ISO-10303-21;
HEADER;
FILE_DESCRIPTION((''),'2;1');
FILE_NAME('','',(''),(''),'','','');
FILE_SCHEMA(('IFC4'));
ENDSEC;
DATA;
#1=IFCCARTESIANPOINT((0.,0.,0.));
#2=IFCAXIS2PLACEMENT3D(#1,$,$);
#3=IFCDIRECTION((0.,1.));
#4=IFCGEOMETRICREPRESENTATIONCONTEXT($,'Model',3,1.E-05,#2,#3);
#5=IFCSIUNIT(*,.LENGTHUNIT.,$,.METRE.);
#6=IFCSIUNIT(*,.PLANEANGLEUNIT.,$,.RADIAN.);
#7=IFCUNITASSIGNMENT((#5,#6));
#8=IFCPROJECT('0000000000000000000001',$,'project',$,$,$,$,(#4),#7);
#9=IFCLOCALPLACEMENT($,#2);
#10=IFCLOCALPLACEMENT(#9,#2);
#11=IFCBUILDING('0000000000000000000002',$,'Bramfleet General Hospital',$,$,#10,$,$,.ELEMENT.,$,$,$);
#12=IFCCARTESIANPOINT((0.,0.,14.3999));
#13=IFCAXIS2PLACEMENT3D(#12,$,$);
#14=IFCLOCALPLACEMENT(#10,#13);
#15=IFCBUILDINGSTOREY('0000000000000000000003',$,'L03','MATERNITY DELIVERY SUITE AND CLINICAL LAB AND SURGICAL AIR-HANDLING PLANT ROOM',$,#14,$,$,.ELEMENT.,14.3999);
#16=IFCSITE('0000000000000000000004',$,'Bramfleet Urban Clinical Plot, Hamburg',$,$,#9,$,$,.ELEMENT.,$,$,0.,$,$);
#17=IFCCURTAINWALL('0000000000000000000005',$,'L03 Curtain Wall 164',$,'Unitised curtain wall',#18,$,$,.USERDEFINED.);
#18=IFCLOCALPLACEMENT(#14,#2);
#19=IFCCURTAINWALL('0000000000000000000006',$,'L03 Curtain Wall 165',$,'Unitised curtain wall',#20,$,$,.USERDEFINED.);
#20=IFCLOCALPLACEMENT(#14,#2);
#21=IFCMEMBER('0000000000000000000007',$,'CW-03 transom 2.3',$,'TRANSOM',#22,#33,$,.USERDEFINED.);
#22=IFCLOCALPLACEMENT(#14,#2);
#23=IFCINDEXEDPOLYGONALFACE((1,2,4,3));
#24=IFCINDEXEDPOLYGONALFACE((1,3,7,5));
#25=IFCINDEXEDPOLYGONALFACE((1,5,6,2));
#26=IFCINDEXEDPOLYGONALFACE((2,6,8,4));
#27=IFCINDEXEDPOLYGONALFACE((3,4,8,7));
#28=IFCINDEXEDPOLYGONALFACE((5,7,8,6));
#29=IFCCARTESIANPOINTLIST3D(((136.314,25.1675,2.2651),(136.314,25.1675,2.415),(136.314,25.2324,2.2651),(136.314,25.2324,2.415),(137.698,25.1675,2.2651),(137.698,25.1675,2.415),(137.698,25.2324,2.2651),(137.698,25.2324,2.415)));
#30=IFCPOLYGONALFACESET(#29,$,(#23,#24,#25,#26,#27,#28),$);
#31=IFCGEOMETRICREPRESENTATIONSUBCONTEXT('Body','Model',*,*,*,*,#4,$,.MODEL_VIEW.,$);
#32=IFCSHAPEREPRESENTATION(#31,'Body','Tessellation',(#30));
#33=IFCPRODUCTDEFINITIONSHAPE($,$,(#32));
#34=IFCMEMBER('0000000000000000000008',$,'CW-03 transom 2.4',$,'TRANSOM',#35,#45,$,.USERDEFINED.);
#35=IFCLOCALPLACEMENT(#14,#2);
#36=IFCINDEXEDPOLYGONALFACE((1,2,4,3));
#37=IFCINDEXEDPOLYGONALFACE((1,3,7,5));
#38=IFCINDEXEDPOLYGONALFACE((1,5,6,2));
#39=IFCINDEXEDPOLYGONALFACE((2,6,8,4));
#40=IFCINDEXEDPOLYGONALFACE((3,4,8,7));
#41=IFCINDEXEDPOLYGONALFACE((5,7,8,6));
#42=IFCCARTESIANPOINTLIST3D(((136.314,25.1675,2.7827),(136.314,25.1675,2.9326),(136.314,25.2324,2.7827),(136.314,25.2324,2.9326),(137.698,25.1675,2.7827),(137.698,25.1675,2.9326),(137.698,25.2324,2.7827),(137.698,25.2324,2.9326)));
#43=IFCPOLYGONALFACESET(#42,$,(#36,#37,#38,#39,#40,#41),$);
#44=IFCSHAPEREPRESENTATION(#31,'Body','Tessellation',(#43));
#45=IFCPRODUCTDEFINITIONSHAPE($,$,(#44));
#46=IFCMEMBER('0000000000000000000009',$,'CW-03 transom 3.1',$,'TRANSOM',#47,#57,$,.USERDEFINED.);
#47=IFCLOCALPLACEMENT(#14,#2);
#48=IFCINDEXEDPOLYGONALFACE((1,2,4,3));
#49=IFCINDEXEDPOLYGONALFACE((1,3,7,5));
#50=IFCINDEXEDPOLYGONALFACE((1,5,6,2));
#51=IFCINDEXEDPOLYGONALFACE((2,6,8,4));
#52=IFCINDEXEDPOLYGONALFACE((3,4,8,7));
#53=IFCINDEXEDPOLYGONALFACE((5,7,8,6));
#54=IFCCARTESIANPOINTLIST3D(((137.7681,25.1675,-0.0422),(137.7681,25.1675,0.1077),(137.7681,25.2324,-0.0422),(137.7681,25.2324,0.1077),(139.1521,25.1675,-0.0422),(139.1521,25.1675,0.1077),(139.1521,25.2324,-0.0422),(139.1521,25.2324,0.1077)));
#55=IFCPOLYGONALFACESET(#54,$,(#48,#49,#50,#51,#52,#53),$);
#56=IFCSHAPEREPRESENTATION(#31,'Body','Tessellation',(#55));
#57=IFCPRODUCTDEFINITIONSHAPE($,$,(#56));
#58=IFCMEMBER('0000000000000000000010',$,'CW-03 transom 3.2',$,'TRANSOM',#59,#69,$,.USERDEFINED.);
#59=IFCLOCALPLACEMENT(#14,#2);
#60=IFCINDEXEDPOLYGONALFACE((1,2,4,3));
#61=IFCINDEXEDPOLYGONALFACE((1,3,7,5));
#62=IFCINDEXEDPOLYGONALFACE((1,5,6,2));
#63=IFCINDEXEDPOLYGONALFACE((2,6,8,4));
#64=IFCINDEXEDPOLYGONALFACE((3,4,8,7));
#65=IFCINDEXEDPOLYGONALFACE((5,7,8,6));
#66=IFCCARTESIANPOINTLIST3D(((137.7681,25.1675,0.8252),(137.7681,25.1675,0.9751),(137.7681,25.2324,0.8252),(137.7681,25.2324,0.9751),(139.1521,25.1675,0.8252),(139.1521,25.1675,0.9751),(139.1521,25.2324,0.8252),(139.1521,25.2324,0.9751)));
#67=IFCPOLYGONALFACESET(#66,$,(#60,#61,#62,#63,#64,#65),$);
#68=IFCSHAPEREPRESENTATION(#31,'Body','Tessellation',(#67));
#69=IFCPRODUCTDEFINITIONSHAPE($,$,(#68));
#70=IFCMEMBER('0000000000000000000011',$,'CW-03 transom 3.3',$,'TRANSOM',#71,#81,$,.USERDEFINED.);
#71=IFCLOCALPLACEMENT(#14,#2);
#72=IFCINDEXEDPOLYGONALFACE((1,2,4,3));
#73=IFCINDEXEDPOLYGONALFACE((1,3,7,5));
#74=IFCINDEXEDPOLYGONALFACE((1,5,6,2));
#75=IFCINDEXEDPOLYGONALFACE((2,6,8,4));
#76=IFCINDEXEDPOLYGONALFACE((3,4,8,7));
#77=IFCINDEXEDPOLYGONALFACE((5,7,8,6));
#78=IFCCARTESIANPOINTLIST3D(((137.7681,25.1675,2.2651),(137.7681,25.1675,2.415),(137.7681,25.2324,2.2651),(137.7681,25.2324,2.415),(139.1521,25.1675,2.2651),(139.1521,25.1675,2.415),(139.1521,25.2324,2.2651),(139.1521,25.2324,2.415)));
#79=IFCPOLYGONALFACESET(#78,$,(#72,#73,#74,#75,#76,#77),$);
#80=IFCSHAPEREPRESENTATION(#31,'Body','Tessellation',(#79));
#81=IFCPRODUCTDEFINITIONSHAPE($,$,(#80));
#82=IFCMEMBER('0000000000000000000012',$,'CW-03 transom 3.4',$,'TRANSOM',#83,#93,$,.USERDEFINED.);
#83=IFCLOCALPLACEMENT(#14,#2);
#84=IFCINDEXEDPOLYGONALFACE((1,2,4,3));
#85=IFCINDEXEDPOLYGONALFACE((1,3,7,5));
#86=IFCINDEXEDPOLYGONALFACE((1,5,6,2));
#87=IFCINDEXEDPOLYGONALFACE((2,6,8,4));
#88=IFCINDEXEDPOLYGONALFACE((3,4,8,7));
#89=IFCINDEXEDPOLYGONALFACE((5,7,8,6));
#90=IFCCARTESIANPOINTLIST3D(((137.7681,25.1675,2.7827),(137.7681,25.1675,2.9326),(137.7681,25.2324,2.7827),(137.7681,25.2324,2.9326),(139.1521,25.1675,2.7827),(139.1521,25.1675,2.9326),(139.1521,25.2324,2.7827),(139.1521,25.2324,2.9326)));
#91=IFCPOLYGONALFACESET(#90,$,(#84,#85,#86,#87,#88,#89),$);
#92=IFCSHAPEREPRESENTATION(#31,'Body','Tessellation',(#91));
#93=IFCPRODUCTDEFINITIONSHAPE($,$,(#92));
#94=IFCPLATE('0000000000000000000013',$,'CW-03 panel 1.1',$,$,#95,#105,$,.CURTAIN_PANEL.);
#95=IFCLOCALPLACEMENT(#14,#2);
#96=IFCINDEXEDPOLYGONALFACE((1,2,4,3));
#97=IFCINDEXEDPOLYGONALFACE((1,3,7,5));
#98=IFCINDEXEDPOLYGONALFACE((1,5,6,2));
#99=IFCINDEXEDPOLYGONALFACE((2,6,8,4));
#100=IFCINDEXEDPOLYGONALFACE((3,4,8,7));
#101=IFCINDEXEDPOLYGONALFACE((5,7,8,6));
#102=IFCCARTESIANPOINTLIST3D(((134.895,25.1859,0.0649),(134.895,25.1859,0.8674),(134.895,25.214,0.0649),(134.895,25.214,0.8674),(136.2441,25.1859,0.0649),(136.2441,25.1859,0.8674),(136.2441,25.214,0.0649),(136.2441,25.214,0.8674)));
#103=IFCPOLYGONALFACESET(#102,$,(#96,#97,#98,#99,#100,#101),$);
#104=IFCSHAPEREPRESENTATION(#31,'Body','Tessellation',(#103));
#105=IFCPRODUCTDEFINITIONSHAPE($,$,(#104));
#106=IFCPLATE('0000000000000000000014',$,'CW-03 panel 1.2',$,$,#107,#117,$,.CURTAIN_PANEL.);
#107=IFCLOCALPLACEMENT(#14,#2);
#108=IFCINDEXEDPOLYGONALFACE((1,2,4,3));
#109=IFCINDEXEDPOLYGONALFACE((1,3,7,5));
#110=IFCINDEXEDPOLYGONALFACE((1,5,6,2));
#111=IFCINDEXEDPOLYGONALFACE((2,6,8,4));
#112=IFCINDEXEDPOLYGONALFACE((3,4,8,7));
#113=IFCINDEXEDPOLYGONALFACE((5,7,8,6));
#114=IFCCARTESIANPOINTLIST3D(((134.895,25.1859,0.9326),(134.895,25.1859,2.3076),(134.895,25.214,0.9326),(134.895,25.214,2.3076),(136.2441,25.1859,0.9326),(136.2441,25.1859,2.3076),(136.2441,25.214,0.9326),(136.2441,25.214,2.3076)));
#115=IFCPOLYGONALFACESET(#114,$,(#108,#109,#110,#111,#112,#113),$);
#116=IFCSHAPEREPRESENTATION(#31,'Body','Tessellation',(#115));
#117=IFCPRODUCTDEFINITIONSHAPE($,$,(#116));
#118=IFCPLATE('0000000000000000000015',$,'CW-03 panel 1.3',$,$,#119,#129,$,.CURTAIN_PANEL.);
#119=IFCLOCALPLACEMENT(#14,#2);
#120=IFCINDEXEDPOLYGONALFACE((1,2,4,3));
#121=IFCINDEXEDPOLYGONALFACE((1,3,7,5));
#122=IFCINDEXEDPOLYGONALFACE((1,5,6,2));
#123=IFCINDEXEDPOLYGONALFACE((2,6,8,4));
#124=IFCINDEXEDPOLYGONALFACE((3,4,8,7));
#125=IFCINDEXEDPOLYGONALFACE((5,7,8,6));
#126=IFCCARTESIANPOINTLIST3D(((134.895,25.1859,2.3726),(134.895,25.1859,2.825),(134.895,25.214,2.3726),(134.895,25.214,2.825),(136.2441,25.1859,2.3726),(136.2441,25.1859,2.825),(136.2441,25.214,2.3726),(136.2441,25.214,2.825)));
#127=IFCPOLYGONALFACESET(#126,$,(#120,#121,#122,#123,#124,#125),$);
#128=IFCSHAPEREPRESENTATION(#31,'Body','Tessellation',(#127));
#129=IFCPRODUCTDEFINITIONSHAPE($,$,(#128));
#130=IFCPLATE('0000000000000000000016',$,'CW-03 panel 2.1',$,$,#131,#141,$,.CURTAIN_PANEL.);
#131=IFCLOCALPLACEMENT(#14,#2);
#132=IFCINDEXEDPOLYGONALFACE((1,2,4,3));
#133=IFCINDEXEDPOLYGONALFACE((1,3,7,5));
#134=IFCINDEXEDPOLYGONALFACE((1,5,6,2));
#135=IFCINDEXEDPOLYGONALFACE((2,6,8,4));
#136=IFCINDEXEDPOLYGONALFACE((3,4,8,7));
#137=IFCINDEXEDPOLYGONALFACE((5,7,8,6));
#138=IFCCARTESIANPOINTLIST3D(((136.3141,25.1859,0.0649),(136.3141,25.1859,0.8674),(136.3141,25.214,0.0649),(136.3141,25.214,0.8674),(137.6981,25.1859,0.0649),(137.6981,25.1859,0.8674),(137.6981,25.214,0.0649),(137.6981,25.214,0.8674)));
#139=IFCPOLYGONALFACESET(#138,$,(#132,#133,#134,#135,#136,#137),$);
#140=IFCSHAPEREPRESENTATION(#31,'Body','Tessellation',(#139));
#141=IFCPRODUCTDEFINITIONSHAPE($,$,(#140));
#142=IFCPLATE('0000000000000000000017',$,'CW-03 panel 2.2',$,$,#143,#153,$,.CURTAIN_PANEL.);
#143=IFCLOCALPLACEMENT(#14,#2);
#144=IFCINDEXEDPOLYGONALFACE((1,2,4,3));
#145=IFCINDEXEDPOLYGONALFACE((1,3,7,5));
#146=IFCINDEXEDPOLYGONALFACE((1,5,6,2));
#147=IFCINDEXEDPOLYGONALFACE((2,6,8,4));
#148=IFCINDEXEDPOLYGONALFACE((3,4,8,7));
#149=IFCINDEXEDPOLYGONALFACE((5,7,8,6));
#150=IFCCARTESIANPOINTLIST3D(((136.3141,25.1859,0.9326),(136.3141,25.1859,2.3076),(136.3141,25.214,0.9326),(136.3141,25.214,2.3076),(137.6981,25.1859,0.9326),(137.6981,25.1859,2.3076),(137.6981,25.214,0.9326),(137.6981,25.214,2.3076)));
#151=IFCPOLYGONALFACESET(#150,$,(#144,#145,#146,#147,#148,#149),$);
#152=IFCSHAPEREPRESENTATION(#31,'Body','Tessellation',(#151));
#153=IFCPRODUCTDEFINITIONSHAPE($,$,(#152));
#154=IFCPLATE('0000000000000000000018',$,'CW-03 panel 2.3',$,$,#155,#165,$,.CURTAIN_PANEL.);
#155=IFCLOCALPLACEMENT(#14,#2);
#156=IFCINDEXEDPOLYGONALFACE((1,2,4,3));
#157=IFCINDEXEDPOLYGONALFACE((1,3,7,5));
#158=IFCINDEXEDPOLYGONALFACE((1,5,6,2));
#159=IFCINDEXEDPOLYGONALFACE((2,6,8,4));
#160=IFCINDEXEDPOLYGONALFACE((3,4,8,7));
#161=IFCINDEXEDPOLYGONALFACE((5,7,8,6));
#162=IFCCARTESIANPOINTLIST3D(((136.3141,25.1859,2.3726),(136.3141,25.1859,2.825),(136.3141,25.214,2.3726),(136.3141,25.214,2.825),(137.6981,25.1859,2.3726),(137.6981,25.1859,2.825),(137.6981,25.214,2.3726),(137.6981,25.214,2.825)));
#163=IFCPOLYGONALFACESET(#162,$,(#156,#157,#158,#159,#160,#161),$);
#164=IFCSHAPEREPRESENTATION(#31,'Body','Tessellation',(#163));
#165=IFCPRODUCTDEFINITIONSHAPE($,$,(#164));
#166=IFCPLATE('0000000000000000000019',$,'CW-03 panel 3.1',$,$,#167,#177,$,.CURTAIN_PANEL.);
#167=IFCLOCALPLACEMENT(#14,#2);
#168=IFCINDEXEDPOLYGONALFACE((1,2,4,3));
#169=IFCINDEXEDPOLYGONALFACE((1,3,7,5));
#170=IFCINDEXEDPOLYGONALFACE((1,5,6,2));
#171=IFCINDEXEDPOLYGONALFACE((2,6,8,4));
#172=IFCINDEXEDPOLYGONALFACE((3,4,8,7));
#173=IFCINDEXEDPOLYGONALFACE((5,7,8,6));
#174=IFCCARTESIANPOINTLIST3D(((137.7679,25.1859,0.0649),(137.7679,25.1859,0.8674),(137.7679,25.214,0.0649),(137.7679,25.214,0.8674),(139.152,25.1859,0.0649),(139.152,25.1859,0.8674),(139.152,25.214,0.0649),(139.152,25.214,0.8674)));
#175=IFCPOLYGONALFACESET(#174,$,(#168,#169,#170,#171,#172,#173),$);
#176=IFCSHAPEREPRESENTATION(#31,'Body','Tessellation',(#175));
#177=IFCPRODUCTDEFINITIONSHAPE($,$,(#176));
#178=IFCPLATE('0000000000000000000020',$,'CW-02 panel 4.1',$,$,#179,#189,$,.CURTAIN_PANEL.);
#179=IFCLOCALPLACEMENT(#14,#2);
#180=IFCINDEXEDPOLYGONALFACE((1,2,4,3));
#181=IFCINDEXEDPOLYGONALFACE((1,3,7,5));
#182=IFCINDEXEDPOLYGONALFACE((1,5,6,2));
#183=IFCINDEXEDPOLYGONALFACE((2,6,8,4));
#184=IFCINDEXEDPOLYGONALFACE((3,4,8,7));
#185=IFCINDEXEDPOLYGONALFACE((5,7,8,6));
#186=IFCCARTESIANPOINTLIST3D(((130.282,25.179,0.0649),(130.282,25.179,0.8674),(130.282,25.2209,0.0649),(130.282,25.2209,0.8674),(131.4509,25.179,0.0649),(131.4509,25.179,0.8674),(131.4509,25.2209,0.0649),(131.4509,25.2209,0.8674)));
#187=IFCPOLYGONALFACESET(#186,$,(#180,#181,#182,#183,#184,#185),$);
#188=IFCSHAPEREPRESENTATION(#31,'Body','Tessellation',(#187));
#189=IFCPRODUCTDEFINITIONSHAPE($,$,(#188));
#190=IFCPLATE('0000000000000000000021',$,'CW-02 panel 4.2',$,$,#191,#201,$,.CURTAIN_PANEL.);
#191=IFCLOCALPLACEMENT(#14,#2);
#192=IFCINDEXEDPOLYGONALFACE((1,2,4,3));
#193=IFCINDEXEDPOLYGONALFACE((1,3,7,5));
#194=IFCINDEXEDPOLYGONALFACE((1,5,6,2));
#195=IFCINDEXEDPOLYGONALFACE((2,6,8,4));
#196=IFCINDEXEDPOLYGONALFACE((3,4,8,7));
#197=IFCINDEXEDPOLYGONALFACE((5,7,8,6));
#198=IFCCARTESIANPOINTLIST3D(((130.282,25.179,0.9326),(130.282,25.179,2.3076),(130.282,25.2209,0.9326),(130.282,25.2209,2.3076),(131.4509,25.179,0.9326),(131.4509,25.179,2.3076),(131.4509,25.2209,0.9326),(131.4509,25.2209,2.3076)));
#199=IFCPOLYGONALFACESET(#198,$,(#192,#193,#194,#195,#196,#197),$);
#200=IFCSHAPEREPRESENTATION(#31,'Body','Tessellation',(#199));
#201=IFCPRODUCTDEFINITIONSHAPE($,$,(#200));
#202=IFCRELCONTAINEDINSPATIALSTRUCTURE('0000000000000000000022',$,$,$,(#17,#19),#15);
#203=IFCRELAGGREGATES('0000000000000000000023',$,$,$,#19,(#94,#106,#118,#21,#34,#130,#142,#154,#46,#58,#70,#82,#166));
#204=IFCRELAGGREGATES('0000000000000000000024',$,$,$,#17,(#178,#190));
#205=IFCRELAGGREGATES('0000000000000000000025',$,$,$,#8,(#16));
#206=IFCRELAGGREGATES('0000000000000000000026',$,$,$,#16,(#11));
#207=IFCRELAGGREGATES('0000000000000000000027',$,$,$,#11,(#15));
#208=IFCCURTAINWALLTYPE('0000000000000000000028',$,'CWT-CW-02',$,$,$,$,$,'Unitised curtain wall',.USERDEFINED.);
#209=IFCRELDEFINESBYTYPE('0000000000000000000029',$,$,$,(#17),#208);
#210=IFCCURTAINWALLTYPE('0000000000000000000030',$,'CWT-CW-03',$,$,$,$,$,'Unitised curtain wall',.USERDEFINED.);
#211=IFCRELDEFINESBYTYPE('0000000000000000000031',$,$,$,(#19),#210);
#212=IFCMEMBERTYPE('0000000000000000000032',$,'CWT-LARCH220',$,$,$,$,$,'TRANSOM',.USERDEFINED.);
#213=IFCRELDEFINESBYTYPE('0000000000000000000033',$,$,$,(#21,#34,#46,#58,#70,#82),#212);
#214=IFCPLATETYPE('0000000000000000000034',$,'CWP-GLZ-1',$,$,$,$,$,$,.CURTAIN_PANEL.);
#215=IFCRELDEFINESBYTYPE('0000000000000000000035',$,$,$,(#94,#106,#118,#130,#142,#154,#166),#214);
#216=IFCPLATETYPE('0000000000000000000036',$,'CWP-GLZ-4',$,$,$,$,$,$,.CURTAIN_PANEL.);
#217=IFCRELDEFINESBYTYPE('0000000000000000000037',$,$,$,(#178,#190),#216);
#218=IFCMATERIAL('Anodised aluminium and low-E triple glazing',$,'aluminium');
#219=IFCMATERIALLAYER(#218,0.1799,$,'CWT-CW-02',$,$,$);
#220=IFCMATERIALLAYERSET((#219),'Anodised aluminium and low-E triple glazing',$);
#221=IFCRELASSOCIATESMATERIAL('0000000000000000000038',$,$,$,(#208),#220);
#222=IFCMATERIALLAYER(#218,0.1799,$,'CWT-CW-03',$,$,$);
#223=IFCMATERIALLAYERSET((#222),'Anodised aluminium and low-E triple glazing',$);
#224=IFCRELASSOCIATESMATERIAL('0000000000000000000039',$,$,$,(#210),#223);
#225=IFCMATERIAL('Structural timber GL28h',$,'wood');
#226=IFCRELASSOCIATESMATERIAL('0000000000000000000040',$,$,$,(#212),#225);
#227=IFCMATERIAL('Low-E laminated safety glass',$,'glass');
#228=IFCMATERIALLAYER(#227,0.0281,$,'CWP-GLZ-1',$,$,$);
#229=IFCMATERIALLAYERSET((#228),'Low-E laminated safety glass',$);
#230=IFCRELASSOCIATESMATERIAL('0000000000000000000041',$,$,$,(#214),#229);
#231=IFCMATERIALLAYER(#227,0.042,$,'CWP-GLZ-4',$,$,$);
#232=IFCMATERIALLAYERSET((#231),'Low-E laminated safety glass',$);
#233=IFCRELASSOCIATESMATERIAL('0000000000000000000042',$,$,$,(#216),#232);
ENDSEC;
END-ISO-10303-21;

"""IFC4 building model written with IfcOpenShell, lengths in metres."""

from ifc_helpers import new_model, si_unit, direction, frame, origin, origin_2d, place, context, subcontext, project, spatial, rectangle, extrude, material, layer, layer_set, material_profile, profile_set, type_object, element, aggregate, save


model = new_model("IFC4")

# Units and contexts
model_context = context("Model", 3, precision=1e-05, world=origin(), true_north=direction((0.0, 1.0)))
body_context = subcontext(model_context, "Body", "Model", "MODEL_VIEW")
ifc_project = project(units=[si_unit("LENGTHUNIT", "METRE"), si_unit("PLANEANGLEUNIT", "RADIAN")], contexts=[model_context])

# Site, building, storey
site_placement = place(None, origin())
site = spatial("IfcSite", under=ifc_project, at=site_placement, Name="Bramfleet Urban Clinical Plot, Hamburg", CompositionType="ELEMENT", RefElevation=0.0)
building_placement = place(site_placement, origin())
building = spatial("IfcBuilding", under=site, at=building_placement, Name="Bramfleet General Hospital", CompositionType="ELEMENT")
storey_placement = place(building_placement, frame((0.0, 0.0, 14.3999)))
storey = spatial("IfcBuildingStorey", under=building, at=storey_placement, Name="L03", Description="MATERNITY DELIVERY SUITE AND CLINICAL LAB AND SURGICAL AIR-HANDLING PLANT ROOM", CompositionType="ELEMENT", Elevation=14.3999)

# Curtain wall
ifc_material_1 = material(Name="Anodised aluminium and low-E triple glazing", Category="aluminium")
ifc_layer_1 = layer(ifc_material_1, 0.1799, Name="CWT-CW-02")
ifc_layer_set_1 = layer_set([ifc_layer_1], Name="Anodised aluminium and low-E triple glazing")
curtain_wall_type_1 = type_object("IfcCurtainWallType", Name="CWT-CW-02", ElementType="Unitised curtain wall", PredefinedType="USERDEFINED", material=ifc_layer_set_1)
curtain_wall_1_placement = place(storey_placement, origin())
curtain_wall_1 = element("IfcCurtainWall", 1, at=curtain_wall_1_placement, inside=storey, type_object=curtain_wall_type_1, Name="L03 Curtain Wall 164", ObjectType="Unitised curtain wall", PredefinedType="USERDEFINED")
ifc_material_2 = material(Name="Structural timber GL28h", Category="wood")

# Curtain wall
ifc_layer_2 = layer(ifc_material_1, 0.1799, Name="CWT-CW-03")
ifc_layer_set_2 = layer_set([ifc_layer_2], Name="Anodised aluminium and low-E triple glazing")
curtain_wall_type_2 = type_object("IfcCurtainWallType", Name="CWT-CW-03", ElementType="Unitised curtain wall", PredefinedType="USERDEFINED", material=ifc_layer_set_2)
curtain_wall_2_placement = place(storey_placement, origin())
curtain_wall_2 = element("IfcCurtainWall", 2, at=curtain_wall_2_placement, inside=storey, type_object=curtain_wall_type_2, Name="L03 Curtain Wall 165", ObjectType="Unitised curtain wall", PredefinedType="USERDEFINED")

# Members
ifc_material_profile_1 = material_profile(ifc_material_2, rectangle(XDim=0.0649, YDim=0.1499, at=origin_2d()), Name="LARCH 150x65")
ifc_profile_set_1 = profile_set([ifc_material_profile_1], Name="Structural timber GL28h")
member_type_1 = type_object("IfcMemberType", Name="CWT-LARCH220", ElementType="TRANSOM", PredefinedType="USERDEFINED", material=ifc_profile_set_1)
member_1_placement = place(storey_placement, frame((136.314, 25.2, 2.3401), z_axis=(1.0, 0.0, 0.0), x_axis=(0.0, 1.0, 0.0)))
member_1 = element("IfcMember", 3, at=member_1_placement, type_object=member_type_1, Name="CW-03 transom 2.3", ObjectType="TRANSOM", PredefinedType="USERDEFINED", context=body_context, shape_type="SweptSolid", body=[
    extrude(rectangle(XDim=0.0649, YDim=0.1499, at=origin_2d()), origin(), (0.0, 0.0, 1.0), 1.384),
])
member_2_placement = place(storey_placement, frame((136.314, 25.2, 2.8577), z_axis=(1.0, 0.0, 0.0), x_axis=(0.0, 1.0, 0.0)))
member_2 = element("IfcMember", 4, at=member_2_placement, type_object=member_type_1, Name="CW-03 transom 2.4", ObjectType="TRANSOM", PredefinedType="USERDEFINED", context=body_context, shape_type="SweptSolid", body=[
    extrude(rectangle(XDim=0.0649, YDim=0.1499, at=origin_2d()), origin(), (0.0, 0.0, 1.0), 1.384),
])
member_3_placement = place(storey_placement, frame((137.7681, 25.2, 0.0327), z_axis=(1.0, 0.0, 0.0), x_axis=(0.0, 1.0, 0.0)))
member_3 = element("IfcMember", 5, at=member_3_placement, type_object=member_type_1, Name="CW-03 transom 3.1", ObjectType="TRANSOM", PredefinedType="USERDEFINED", context=body_context, shape_type="SweptSolid", body=[
    extrude(rectangle(XDim=0.0649, YDim=0.1499, at=origin_2d()), origin(), (0.0, 0.0, 1.0), 1.384),
])
member_4_placement = place(storey_placement, frame((137.7681, 25.2, 0.9001), z_axis=(1.0, 0.0, 0.0), x_axis=(0.0, 1.0, 0.0)))
member_4 = element("IfcMember", 6, at=member_4_placement, type_object=member_type_1, Name="CW-03 transom 3.2", ObjectType="TRANSOM", PredefinedType="USERDEFINED", context=body_context, shape_type="SweptSolid", body=[
    extrude(rectangle(XDim=0.0649, YDim=0.1499, at=origin_2d()), origin(), (0.0, 0.0, 1.0), 1.384),
])
member_5_placement = place(storey_placement, frame((137.7681, 25.2, 2.3401), z_axis=(1.0, 0.0, 0.0), x_axis=(0.0, 1.0, 0.0)))
member_5 = element("IfcMember", 7, at=member_5_placement, type_object=member_type_1, Name="CW-03 transom 3.3", ObjectType="TRANSOM", PredefinedType="USERDEFINED", context=body_context, shape_type="SweptSolid", body=[
    extrude(rectangle(XDim=0.0649, YDim=0.1499, at=origin_2d()), origin(), (0.0, 0.0, 1.0), 1.384),
])
member_6_placement = place(storey_placement, frame((137.7681, 25.2, 2.8577), z_axis=(1.0, 0.0, 0.0), x_axis=(0.0, 1.0, 0.0)))
member_6 = element("IfcMember", 8, at=member_6_placement, type_object=member_type_1, Name="CW-03 transom 3.4", ObjectType="TRANSOM", PredefinedType="USERDEFINED", context=body_context, shape_type="SweptSolid", body=[
    extrude(rectangle(XDim=0.0649, YDim=0.1499, at=origin_2d()), origin(), (0.0, 0.0, 1.0), 1.384),
])

# Plates
ifc_material_3 = material(Name="Low-E laminated safety glass", Category="glass")
ifc_layer_3 = layer(ifc_material_3, 0.0281, Name="CWP-GLZ-1")
ifc_layer_set_3 = layer_set([ifc_layer_3], Name="Low-E laminated safety glass")
plate_type_1 = type_object("IfcPlateType", Name="CWP-GLZ-1", PredefinedType="CURTAIN_PANEL", material=ifc_layer_set_3)
plate_1_placement = place(storey_placement, frame((135.5696, 25.2, 0.0649), z_axis=(0.0, 0.0, 1.0), x_axis=(1.0, 0.0, 0.0)))
plate_1 = element("IfcPlate", 9, at=plate_1_placement, type_object=plate_type_1, Name="CW-03 panel 1.1", PredefinedType="CURTAIN_PANEL", context=body_context, shape_type="SweptSolid", body=[
    extrude(rectangle(XDim=1.3491, YDim=0.0281, at=origin_2d()), origin(), (0.0, 0.0, 1.0), 0.8025),
])
plate_2_placement = place(storey_placement, frame((135.5696, 25.2, 0.9326), z_axis=(0.0, 0.0, 1.0), x_axis=(1.0, 0.0, 0.0)))
plate_2 = element("IfcPlate", 10, at=plate_2_placement, type_object=plate_type_1, Name="CW-03 panel 1.2", PredefinedType="CURTAIN_PANEL", context=body_context, shape_type="SweptSolid", body=[
    extrude(rectangle(XDim=1.3491, YDim=0.0281, at=origin_2d()), origin(), (0.0, 0.0, 1.0), 1.375),
])
plate_3_placement = place(storey_placement, frame((135.5696, 25.2, 2.3726), z_axis=(0.0, 0.0, 1.0), x_axis=(1.0, 0.0, 0.0)))
plate_3 = element("IfcPlate", 11, at=plate_3_placement, type_object=plate_type_1, Name="CW-03 panel 1.3", PredefinedType="CURTAIN_PANEL", context=body_context, shape_type="SweptSolid", body=[
    extrude(rectangle(XDim=1.3491, YDim=0.0281, at=origin_2d()), origin(), (0.0, 0.0, 1.0), 0.4524),
])
plate_4_placement = place(storey_placement, frame((137.0061, 25.2, 0.0649), z_axis=(0.0, 0.0, 1.0), x_axis=(1.0, 0.0, 0.0)))
plate_4 = element("IfcPlate", 12, at=plate_4_placement, type_object=plate_type_1, Name="CW-03 panel 2.1", PredefinedType="CURTAIN_PANEL", context=body_context, shape_type="SweptSolid", body=[
    extrude(rectangle(XDim=1.384, YDim=0.0281, at=origin_2d()), origin(), (0.0, 0.0, 1.0), 0.8025),
])
plate_5_placement = place(storey_placement, frame((137.0061, 25.2, 0.9326), z_axis=(0.0, 0.0, 1.0), x_axis=(1.0, 0.0, 0.0)))
plate_5 = element("IfcPlate", 13, at=plate_5_placement, type_object=plate_type_1, Name="CW-03 panel 2.2", PredefinedType="CURTAIN_PANEL", context=body_context, shape_type="SweptSolid", body=[
    extrude(rectangle(XDim=1.384, YDim=0.0281, at=origin_2d()), origin(), (0.0, 0.0, 1.0), 1.375),
])
plate_6_placement = place(storey_placement, frame((137.0061, 25.2, 2.3726), z_axis=(0.0, 0.0, 1.0), x_axis=(1.0, 0.0, 0.0)))
plate_6 = element("IfcPlate", 14, at=plate_6_placement, type_object=plate_type_1, Name="CW-03 panel 2.3", PredefinedType="CURTAIN_PANEL", context=body_context, shape_type="SweptSolid", body=[
    extrude(rectangle(XDim=1.384, YDim=0.0281, at=origin_2d()), origin(), (0.0, 0.0, 1.0), 0.4524),
])
plate_7_placement = place(storey_placement, frame((138.46, 25.2, 0.0649), z_axis=(0.0, 0.0, 1.0), x_axis=(1.0, 0.0, 0.0)))
plate_7 = element("IfcPlate", 15, at=plate_7_placement, type_object=plate_type_1, Name="CW-03 panel 3.1", PredefinedType="CURTAIN_PANEL", context=body_context, shape_type="SweptSolid", body=[
    extrude(rectangle(XDim=1.384, YDim=0.0281, at=origin_2d()), origin(), (0.0, 0.0, 1.0), 0.8025),
])
aggregate(curtain_wall_2, [plate_1, plate_2, plate_3, member_1, member_2, plate_4, plate_5, plate_6, member_3, member_4, member_5, member_6, plate_7])
ifc_layer_4 = layer(ifc_material_3, 0.042, Name="CWP-GLZ-4")
ifc_layer_set_4 = layer_set([ifc_layer_4], Name="Low-E laminated safety glass")
plate_type_2 = type_object("IfcPlateType", Name="CWP-GLZ-4", PredefinedType="CURTAIN_PANEL", material=ifc_layer_set_4)
plate_8_placement = place(storey_placement, frame((130.8665, 25.2, 0.0649), z_axis=(0.0, 0.0, 1.0), x_axis=(1.0, 0.0, 0.0)))
plate_8 = element("IfcPlate", 16, at=plate_8_placement, type_object=plate_type_2, Name="CW-02 panel 4.1", PredefinedType="CURTAIN_PANEL", context=body_context, shape_type="SweptSolid", body=[
    extrude(rectangle(XDim=1.1689, YDim=0.042, at=origin_2d()), origin(), (0.0, 0.0, 1.0), 0.8025),
])
plate_9_placement = place(storey_placement, frame((130.8665, 25.2, 0.9326), z_axis=(0.0, 0.0, 1.0), x_axis=(1.0, 0.0, 0.0)))
plate_9 = element("IfcPlate", 17, at=plate_9_placement, type_object=plate_type_2, Name="CW-02 panel 4.2", PredefinedType="CURTAIN_PANEL", context=body_context, shape_type="SweptSolid", body=[
    extrude(rectangle(XDim=1.1689, YDim=0.042, at=origin_2d()), origin(), (0.0, 0.0, 1.0), 1.375),
])
aggregate(curtain_wall_1, [plate_8, plate_9])

save(model, "model.ifc")
